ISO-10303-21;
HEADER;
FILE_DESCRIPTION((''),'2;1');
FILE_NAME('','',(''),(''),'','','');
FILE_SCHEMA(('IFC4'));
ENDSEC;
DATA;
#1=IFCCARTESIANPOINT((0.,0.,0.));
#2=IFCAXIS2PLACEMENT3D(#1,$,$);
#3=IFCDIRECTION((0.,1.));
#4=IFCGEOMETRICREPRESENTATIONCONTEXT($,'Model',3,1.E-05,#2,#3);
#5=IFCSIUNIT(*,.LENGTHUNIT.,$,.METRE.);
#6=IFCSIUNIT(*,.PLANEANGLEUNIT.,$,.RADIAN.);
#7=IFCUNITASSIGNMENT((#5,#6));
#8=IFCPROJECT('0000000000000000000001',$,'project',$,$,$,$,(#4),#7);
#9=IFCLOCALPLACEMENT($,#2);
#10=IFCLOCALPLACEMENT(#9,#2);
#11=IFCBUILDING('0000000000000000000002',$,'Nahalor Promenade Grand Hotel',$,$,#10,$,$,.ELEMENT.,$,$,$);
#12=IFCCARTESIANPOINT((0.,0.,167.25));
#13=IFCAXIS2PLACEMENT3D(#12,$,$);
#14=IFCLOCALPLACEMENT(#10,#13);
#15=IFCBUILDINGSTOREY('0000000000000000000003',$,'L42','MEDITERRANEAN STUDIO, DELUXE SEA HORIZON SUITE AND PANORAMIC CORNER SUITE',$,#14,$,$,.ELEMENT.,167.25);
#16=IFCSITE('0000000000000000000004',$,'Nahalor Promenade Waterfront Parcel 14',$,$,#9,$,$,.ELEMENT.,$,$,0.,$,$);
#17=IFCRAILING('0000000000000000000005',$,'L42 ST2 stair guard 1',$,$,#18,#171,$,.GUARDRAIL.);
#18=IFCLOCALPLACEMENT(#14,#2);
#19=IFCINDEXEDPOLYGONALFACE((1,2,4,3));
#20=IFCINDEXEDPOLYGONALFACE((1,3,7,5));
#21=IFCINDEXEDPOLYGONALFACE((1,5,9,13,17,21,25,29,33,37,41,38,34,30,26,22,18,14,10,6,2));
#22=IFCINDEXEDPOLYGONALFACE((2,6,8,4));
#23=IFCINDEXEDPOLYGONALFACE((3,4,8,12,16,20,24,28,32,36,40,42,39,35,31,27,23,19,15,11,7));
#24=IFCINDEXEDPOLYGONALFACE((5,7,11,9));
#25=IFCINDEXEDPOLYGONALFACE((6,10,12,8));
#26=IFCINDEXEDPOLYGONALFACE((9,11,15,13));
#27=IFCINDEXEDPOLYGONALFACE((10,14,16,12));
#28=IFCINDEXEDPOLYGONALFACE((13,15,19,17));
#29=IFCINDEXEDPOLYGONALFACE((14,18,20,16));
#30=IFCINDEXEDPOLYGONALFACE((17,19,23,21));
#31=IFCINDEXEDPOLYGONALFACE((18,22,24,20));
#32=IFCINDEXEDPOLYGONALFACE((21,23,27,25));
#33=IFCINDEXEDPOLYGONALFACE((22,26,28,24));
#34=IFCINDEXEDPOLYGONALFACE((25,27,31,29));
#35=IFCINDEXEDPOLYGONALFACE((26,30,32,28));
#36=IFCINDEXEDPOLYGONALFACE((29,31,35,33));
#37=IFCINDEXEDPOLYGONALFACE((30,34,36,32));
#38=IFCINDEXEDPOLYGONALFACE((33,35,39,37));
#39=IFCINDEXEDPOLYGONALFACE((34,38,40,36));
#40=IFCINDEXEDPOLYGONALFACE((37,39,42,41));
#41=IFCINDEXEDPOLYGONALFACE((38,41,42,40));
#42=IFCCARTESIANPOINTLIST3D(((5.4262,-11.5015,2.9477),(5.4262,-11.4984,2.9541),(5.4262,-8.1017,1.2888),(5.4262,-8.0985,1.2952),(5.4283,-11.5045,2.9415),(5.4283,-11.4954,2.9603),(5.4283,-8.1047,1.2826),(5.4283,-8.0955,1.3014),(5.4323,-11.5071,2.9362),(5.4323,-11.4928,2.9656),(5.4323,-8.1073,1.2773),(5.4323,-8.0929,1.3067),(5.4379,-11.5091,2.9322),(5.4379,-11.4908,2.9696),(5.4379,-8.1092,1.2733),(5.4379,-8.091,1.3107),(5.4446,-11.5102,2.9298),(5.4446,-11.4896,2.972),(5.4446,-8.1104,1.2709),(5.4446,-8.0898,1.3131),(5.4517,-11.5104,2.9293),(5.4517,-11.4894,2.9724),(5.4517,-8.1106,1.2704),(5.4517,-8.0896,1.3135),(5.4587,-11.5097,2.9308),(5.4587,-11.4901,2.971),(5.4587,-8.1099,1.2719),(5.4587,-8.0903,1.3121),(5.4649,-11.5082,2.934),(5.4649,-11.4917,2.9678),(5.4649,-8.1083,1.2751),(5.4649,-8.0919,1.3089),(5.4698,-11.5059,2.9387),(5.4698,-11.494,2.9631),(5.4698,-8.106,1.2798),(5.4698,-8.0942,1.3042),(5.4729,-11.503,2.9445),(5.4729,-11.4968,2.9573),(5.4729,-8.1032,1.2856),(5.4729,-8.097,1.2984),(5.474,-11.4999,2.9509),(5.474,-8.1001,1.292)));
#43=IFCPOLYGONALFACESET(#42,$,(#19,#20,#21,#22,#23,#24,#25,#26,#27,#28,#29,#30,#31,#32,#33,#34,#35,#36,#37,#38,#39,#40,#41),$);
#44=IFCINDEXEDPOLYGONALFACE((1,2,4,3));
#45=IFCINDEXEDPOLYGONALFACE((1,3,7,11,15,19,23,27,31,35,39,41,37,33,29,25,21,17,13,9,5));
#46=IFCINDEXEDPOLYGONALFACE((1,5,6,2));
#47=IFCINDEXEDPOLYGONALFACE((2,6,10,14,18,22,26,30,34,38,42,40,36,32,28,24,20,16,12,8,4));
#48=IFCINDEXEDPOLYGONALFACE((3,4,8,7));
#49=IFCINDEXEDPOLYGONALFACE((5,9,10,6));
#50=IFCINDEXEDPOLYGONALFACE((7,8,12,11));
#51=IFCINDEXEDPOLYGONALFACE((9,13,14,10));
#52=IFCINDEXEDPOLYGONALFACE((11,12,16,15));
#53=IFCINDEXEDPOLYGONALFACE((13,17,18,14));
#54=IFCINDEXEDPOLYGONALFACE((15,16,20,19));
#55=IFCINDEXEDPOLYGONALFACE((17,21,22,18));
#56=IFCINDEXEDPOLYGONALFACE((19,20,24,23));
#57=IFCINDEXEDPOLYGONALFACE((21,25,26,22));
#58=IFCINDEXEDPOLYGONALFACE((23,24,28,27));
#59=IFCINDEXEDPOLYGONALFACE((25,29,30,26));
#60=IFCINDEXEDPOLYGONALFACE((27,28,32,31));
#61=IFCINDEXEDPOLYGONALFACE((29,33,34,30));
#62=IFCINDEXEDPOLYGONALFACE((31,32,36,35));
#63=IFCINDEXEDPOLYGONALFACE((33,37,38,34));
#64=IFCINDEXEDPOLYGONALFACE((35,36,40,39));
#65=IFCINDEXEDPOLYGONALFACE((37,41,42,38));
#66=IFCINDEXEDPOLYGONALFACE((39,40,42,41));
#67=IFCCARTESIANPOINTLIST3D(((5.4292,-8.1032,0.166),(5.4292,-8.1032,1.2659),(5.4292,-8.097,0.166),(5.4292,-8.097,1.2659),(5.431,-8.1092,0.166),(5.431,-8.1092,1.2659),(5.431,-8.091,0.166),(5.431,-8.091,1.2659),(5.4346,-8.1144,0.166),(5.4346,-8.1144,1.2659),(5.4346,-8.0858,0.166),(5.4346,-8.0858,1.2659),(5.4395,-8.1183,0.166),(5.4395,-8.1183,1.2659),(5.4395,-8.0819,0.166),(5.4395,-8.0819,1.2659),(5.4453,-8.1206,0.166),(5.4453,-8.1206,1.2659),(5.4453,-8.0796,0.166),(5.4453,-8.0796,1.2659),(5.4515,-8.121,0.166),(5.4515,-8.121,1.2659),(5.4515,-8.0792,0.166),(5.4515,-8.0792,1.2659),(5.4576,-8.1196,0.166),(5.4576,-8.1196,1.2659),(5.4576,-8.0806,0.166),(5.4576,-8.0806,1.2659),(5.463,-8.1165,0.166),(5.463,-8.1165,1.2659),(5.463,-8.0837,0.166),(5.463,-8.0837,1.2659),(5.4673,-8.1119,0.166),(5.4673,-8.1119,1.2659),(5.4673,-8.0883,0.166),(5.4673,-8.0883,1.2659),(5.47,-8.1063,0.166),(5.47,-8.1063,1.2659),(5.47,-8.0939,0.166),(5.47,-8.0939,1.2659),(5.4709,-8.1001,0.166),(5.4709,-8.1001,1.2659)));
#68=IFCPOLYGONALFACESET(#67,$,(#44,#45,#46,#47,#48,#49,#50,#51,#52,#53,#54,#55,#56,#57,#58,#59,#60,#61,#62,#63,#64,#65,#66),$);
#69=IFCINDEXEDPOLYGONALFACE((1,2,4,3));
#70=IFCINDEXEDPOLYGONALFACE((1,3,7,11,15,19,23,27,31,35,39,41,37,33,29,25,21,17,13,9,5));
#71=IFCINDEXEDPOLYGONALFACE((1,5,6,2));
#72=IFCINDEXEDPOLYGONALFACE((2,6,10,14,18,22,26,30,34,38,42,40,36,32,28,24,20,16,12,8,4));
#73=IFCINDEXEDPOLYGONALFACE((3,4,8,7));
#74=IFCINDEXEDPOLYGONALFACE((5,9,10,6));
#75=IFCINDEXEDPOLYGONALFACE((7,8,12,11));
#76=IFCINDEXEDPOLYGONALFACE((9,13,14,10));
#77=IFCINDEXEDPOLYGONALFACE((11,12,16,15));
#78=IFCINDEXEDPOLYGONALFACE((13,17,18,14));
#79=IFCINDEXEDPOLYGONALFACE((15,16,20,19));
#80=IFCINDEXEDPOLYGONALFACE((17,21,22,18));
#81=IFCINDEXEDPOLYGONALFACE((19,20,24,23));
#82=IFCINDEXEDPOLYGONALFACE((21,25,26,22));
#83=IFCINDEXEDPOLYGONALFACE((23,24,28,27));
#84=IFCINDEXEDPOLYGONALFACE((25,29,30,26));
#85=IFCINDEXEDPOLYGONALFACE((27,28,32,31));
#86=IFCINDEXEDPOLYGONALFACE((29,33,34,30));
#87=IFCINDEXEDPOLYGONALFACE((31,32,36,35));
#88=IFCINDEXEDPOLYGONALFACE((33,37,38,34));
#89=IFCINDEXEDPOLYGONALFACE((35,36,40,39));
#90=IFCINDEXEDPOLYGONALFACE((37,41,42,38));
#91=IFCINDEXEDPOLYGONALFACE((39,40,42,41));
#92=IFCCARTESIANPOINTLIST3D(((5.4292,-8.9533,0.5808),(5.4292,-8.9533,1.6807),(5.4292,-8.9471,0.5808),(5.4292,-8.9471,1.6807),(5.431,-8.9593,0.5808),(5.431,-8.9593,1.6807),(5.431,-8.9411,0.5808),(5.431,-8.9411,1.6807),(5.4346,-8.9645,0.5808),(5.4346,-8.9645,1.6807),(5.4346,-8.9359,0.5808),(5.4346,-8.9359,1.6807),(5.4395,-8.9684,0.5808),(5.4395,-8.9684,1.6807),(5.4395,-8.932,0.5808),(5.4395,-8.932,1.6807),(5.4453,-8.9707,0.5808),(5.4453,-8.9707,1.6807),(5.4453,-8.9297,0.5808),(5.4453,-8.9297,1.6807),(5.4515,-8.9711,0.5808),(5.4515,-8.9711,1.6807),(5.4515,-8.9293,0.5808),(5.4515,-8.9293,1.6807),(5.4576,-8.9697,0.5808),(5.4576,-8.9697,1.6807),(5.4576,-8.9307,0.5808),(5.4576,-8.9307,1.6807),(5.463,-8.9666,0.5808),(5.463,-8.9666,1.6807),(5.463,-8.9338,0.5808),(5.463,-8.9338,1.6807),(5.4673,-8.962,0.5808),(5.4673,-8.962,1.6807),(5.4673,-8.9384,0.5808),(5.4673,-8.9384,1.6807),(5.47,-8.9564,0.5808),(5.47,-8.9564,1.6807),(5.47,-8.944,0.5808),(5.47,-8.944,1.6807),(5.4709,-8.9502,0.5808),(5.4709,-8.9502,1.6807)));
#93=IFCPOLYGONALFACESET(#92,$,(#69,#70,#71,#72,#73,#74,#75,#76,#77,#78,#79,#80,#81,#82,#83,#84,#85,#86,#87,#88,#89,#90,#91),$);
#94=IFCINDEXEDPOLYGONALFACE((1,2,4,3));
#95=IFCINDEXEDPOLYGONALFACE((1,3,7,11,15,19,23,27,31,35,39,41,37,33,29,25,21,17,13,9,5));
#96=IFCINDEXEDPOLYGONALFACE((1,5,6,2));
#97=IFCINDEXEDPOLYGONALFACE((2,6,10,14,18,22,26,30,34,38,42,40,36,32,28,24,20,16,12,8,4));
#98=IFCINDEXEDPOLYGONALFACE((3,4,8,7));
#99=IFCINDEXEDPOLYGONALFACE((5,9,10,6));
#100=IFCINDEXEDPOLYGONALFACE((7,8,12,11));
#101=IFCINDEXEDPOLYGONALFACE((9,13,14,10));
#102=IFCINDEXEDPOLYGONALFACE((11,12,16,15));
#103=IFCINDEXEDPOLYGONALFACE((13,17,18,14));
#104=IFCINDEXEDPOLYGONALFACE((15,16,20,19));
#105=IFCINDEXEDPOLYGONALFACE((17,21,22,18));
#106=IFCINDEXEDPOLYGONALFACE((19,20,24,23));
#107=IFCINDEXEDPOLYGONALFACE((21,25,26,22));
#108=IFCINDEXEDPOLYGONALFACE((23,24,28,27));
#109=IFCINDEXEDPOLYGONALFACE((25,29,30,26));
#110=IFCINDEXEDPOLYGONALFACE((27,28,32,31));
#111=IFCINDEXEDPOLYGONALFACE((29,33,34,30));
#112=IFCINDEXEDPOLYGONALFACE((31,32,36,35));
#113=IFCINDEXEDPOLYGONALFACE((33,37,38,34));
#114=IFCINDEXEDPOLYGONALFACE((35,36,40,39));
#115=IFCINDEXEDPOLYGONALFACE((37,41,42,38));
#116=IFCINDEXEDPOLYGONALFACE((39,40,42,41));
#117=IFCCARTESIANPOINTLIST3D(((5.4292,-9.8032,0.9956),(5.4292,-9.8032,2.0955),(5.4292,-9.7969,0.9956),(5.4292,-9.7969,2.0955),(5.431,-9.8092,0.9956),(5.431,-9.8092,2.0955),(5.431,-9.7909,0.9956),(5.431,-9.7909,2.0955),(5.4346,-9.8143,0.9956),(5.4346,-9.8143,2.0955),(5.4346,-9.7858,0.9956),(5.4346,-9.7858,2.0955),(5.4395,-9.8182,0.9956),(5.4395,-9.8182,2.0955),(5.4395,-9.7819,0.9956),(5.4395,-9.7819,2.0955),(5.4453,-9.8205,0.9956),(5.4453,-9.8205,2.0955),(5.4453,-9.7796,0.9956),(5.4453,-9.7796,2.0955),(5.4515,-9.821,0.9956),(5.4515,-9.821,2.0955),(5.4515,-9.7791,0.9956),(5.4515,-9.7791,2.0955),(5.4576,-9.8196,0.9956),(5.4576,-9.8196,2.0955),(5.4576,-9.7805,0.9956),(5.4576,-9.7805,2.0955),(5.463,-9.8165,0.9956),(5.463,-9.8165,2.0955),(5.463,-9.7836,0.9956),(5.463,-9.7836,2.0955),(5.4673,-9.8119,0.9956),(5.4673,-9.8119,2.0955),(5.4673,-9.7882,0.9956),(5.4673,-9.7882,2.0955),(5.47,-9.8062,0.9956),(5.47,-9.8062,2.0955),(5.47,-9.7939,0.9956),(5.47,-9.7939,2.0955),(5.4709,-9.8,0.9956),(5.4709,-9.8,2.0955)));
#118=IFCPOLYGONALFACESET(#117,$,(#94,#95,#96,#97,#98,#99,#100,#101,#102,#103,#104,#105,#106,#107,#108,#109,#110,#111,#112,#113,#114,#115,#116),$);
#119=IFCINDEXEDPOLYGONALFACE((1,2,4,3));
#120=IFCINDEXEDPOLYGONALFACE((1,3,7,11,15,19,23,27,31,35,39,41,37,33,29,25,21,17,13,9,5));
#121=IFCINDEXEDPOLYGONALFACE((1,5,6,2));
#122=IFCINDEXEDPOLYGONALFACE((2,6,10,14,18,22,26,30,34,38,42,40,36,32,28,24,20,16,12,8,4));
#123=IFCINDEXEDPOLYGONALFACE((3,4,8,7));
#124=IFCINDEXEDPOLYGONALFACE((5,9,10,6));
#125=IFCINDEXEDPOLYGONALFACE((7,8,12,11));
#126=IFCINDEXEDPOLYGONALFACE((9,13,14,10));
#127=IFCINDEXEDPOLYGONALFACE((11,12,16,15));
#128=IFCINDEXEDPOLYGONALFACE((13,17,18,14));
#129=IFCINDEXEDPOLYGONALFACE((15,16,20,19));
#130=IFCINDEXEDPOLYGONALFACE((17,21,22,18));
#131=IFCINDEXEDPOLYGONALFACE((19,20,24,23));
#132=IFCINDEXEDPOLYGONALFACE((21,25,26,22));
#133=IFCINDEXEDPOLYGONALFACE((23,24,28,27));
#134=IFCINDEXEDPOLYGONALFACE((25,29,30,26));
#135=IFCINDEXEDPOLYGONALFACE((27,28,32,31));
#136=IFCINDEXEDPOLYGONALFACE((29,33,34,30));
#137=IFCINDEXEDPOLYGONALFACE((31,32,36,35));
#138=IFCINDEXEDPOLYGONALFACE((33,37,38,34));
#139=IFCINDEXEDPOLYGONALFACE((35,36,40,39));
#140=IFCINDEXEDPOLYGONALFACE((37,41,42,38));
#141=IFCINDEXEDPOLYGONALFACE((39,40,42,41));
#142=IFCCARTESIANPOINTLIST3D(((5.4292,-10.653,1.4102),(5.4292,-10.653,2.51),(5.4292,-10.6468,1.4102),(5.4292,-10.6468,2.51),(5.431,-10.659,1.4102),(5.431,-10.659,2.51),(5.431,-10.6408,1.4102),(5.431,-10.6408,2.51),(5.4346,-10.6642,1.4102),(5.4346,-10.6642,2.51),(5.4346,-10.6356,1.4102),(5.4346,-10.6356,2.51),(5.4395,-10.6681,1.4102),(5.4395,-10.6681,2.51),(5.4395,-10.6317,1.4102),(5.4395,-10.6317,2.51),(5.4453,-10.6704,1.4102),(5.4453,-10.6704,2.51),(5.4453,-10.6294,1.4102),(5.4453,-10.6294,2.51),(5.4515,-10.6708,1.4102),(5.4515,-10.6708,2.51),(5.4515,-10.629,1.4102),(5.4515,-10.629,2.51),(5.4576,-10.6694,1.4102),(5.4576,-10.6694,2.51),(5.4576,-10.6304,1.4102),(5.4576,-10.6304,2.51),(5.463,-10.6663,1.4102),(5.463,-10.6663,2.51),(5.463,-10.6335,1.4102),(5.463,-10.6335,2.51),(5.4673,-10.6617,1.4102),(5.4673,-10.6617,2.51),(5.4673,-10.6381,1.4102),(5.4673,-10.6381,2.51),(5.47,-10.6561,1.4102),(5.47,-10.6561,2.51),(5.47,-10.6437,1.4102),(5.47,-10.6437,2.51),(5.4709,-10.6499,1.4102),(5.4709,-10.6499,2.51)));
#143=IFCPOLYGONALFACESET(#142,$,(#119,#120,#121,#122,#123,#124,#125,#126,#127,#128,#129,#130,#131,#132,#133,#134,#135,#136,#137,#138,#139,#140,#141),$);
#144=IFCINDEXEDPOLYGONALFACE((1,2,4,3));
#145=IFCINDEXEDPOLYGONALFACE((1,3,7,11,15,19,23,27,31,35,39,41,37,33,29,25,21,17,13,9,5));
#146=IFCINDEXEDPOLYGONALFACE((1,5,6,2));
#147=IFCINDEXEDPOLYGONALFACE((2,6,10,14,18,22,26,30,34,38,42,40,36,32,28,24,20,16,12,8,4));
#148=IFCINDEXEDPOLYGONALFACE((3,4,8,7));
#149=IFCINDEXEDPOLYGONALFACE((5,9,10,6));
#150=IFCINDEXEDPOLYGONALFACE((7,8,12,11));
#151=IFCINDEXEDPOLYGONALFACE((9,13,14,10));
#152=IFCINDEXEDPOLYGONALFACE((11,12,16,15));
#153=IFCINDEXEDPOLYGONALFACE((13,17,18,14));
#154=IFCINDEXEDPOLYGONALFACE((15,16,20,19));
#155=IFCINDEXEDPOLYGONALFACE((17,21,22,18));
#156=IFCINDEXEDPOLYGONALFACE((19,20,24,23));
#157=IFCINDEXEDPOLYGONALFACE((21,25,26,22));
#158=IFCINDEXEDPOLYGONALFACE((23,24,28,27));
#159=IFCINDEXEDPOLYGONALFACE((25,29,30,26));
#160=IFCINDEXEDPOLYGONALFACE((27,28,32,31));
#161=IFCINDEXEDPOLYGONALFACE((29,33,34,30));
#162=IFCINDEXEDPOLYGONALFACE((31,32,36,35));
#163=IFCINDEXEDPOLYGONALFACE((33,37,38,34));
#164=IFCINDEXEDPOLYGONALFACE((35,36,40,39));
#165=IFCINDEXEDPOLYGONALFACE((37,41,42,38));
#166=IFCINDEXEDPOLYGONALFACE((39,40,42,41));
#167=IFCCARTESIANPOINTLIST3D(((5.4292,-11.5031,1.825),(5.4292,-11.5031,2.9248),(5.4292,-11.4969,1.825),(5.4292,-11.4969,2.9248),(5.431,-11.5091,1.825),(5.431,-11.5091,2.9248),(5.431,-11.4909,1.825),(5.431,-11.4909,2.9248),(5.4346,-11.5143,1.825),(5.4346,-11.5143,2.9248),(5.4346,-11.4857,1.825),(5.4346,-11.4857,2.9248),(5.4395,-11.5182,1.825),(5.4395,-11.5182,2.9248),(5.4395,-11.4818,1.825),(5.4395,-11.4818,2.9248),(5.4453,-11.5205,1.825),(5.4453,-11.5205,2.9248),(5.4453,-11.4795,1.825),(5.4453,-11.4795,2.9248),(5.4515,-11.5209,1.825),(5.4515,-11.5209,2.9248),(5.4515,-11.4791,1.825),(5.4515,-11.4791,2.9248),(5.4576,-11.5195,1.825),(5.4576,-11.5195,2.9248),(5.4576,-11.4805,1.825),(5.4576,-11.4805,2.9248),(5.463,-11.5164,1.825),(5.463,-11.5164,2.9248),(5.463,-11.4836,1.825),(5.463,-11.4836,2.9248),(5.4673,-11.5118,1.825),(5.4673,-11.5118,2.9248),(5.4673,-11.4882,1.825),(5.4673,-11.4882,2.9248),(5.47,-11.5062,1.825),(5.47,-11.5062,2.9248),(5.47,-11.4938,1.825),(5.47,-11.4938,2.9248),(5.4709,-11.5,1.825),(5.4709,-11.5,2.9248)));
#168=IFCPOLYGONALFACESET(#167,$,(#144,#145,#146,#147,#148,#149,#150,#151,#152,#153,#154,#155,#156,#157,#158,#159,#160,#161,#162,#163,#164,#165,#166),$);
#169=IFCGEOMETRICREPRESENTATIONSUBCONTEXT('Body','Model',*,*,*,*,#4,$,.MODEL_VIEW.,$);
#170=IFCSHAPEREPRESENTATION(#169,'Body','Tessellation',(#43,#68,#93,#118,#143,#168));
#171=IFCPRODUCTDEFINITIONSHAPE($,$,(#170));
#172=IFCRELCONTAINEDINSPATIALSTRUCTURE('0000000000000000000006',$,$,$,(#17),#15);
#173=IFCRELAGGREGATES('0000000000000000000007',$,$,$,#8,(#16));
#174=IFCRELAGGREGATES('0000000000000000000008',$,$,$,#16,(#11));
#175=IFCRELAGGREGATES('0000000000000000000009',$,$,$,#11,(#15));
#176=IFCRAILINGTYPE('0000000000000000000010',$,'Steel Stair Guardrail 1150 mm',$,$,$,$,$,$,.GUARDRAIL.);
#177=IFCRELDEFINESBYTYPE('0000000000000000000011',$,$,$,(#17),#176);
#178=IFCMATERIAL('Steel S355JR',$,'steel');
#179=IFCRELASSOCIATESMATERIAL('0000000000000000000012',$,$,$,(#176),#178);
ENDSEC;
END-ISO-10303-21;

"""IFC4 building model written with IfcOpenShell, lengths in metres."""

from ifc_helpers import new_model, si_unit, direction, frame, origin, origin_2d, place, context, subcontext, project, spatial, circle, extrude, material, type_object, element, save


model = new_model("IFC4")

# Units and contexts
model_context = context("Model", 3, precision=1e-05, world=origin(), true_north=direction((0.0, 1.0)))
body_context = subcontext(model_context, "Body", "Model", "MODEL_VIEW")
ifc_project = project(units=[si_unit("LENGTHUNIT", "METRE"), si_unit("PLANEANGLEUNIT", "RADIAN")], contexts=[model_context])

# Site, building, storey
site_placement = place(None, origin())
site = spatial("IfcSite", under=ifc_project, at=site_placement, Name="Nahalor Promenade Waterfront Parcel 14", CompositionType="ELEMENT", RefElevation=0.0)
building_placement = place(site_placement, origin())
building = spatial("IfcBuilding", under=site, at=building_placement, Name="Nahalor Promenade Grand Hotel", CompositionType="ELEMENT")
storey_placement = place(building_placement, frame((0.0, 0.0, 167.25)))
storey = spatial("IfcBuildingStorey", under=building, at=storey_placement, Name="L42", Description="MEDITERRANEAN STUDIO, DELUXE SEA HORIZON SUITE AND PANORAMIC CORNER SUITE", CompositionType="ELEMENT", Elevation=167.25)

# Shared definitions
ifc_material_1 = material(Name="Steel S355JR", Category="steel")

# Railing
railing_type_1 = type_object("IfcRailingType", Name="Steel Stair Guardrail 1150 mm", PredefinedType="GUARDRAIL", material=ifc_material_1)
railing_1_placement = place(storey_placement, frame((5.45, -8.1001, 0.166)))
element("IfcRailing", 1, at=railing_1_placement, inside=storey, type_object=railing_type_1, Name="L42 ST2 stair guard 1", PredefinedType="GUARDRAIL", context=body_context, shape_type="SweptSolid", body=[
    extrude(circle(Radius=0.024, at=origin_2d()), frame((0.0, 0.0, 1.126), z_axis=(0.0, -0.898722, 0.438519), x_axis=(1.0, 0.0, 0.0)), (0.0, 0.0, 1.0), 3.783),
    extrude(circle(Radius=0.021, at=origin_2d()), origin(), (0.0, 0.0, 1.0), 1.0999),
    extrude(circle(Radius=0.021, at=origin_2d()), frame((0.0, -0.8501, 0.4148)), (0.0, 0.0, 1.0), 1.0999),
    extrude(circle(Radius=0.021, at=origin_2d()), frame((0.0, -1.7, 0.8296)), (0.0, 0.0, 1.0), 1.0999),
    extrude(circle(Radius=0.021, at=origin_2d()), frame((0.0, -2.5498, 1.2441)), (0.0, 0.0, 1.0), 1.0999),
    extrude(circle(Radius=0.021, at=origin_2d()), frame((0.0, -3.3999, 1.6589)), (0.0, 0.0, 1.0), 1.0999),
])

save(model, "model.ifc")
